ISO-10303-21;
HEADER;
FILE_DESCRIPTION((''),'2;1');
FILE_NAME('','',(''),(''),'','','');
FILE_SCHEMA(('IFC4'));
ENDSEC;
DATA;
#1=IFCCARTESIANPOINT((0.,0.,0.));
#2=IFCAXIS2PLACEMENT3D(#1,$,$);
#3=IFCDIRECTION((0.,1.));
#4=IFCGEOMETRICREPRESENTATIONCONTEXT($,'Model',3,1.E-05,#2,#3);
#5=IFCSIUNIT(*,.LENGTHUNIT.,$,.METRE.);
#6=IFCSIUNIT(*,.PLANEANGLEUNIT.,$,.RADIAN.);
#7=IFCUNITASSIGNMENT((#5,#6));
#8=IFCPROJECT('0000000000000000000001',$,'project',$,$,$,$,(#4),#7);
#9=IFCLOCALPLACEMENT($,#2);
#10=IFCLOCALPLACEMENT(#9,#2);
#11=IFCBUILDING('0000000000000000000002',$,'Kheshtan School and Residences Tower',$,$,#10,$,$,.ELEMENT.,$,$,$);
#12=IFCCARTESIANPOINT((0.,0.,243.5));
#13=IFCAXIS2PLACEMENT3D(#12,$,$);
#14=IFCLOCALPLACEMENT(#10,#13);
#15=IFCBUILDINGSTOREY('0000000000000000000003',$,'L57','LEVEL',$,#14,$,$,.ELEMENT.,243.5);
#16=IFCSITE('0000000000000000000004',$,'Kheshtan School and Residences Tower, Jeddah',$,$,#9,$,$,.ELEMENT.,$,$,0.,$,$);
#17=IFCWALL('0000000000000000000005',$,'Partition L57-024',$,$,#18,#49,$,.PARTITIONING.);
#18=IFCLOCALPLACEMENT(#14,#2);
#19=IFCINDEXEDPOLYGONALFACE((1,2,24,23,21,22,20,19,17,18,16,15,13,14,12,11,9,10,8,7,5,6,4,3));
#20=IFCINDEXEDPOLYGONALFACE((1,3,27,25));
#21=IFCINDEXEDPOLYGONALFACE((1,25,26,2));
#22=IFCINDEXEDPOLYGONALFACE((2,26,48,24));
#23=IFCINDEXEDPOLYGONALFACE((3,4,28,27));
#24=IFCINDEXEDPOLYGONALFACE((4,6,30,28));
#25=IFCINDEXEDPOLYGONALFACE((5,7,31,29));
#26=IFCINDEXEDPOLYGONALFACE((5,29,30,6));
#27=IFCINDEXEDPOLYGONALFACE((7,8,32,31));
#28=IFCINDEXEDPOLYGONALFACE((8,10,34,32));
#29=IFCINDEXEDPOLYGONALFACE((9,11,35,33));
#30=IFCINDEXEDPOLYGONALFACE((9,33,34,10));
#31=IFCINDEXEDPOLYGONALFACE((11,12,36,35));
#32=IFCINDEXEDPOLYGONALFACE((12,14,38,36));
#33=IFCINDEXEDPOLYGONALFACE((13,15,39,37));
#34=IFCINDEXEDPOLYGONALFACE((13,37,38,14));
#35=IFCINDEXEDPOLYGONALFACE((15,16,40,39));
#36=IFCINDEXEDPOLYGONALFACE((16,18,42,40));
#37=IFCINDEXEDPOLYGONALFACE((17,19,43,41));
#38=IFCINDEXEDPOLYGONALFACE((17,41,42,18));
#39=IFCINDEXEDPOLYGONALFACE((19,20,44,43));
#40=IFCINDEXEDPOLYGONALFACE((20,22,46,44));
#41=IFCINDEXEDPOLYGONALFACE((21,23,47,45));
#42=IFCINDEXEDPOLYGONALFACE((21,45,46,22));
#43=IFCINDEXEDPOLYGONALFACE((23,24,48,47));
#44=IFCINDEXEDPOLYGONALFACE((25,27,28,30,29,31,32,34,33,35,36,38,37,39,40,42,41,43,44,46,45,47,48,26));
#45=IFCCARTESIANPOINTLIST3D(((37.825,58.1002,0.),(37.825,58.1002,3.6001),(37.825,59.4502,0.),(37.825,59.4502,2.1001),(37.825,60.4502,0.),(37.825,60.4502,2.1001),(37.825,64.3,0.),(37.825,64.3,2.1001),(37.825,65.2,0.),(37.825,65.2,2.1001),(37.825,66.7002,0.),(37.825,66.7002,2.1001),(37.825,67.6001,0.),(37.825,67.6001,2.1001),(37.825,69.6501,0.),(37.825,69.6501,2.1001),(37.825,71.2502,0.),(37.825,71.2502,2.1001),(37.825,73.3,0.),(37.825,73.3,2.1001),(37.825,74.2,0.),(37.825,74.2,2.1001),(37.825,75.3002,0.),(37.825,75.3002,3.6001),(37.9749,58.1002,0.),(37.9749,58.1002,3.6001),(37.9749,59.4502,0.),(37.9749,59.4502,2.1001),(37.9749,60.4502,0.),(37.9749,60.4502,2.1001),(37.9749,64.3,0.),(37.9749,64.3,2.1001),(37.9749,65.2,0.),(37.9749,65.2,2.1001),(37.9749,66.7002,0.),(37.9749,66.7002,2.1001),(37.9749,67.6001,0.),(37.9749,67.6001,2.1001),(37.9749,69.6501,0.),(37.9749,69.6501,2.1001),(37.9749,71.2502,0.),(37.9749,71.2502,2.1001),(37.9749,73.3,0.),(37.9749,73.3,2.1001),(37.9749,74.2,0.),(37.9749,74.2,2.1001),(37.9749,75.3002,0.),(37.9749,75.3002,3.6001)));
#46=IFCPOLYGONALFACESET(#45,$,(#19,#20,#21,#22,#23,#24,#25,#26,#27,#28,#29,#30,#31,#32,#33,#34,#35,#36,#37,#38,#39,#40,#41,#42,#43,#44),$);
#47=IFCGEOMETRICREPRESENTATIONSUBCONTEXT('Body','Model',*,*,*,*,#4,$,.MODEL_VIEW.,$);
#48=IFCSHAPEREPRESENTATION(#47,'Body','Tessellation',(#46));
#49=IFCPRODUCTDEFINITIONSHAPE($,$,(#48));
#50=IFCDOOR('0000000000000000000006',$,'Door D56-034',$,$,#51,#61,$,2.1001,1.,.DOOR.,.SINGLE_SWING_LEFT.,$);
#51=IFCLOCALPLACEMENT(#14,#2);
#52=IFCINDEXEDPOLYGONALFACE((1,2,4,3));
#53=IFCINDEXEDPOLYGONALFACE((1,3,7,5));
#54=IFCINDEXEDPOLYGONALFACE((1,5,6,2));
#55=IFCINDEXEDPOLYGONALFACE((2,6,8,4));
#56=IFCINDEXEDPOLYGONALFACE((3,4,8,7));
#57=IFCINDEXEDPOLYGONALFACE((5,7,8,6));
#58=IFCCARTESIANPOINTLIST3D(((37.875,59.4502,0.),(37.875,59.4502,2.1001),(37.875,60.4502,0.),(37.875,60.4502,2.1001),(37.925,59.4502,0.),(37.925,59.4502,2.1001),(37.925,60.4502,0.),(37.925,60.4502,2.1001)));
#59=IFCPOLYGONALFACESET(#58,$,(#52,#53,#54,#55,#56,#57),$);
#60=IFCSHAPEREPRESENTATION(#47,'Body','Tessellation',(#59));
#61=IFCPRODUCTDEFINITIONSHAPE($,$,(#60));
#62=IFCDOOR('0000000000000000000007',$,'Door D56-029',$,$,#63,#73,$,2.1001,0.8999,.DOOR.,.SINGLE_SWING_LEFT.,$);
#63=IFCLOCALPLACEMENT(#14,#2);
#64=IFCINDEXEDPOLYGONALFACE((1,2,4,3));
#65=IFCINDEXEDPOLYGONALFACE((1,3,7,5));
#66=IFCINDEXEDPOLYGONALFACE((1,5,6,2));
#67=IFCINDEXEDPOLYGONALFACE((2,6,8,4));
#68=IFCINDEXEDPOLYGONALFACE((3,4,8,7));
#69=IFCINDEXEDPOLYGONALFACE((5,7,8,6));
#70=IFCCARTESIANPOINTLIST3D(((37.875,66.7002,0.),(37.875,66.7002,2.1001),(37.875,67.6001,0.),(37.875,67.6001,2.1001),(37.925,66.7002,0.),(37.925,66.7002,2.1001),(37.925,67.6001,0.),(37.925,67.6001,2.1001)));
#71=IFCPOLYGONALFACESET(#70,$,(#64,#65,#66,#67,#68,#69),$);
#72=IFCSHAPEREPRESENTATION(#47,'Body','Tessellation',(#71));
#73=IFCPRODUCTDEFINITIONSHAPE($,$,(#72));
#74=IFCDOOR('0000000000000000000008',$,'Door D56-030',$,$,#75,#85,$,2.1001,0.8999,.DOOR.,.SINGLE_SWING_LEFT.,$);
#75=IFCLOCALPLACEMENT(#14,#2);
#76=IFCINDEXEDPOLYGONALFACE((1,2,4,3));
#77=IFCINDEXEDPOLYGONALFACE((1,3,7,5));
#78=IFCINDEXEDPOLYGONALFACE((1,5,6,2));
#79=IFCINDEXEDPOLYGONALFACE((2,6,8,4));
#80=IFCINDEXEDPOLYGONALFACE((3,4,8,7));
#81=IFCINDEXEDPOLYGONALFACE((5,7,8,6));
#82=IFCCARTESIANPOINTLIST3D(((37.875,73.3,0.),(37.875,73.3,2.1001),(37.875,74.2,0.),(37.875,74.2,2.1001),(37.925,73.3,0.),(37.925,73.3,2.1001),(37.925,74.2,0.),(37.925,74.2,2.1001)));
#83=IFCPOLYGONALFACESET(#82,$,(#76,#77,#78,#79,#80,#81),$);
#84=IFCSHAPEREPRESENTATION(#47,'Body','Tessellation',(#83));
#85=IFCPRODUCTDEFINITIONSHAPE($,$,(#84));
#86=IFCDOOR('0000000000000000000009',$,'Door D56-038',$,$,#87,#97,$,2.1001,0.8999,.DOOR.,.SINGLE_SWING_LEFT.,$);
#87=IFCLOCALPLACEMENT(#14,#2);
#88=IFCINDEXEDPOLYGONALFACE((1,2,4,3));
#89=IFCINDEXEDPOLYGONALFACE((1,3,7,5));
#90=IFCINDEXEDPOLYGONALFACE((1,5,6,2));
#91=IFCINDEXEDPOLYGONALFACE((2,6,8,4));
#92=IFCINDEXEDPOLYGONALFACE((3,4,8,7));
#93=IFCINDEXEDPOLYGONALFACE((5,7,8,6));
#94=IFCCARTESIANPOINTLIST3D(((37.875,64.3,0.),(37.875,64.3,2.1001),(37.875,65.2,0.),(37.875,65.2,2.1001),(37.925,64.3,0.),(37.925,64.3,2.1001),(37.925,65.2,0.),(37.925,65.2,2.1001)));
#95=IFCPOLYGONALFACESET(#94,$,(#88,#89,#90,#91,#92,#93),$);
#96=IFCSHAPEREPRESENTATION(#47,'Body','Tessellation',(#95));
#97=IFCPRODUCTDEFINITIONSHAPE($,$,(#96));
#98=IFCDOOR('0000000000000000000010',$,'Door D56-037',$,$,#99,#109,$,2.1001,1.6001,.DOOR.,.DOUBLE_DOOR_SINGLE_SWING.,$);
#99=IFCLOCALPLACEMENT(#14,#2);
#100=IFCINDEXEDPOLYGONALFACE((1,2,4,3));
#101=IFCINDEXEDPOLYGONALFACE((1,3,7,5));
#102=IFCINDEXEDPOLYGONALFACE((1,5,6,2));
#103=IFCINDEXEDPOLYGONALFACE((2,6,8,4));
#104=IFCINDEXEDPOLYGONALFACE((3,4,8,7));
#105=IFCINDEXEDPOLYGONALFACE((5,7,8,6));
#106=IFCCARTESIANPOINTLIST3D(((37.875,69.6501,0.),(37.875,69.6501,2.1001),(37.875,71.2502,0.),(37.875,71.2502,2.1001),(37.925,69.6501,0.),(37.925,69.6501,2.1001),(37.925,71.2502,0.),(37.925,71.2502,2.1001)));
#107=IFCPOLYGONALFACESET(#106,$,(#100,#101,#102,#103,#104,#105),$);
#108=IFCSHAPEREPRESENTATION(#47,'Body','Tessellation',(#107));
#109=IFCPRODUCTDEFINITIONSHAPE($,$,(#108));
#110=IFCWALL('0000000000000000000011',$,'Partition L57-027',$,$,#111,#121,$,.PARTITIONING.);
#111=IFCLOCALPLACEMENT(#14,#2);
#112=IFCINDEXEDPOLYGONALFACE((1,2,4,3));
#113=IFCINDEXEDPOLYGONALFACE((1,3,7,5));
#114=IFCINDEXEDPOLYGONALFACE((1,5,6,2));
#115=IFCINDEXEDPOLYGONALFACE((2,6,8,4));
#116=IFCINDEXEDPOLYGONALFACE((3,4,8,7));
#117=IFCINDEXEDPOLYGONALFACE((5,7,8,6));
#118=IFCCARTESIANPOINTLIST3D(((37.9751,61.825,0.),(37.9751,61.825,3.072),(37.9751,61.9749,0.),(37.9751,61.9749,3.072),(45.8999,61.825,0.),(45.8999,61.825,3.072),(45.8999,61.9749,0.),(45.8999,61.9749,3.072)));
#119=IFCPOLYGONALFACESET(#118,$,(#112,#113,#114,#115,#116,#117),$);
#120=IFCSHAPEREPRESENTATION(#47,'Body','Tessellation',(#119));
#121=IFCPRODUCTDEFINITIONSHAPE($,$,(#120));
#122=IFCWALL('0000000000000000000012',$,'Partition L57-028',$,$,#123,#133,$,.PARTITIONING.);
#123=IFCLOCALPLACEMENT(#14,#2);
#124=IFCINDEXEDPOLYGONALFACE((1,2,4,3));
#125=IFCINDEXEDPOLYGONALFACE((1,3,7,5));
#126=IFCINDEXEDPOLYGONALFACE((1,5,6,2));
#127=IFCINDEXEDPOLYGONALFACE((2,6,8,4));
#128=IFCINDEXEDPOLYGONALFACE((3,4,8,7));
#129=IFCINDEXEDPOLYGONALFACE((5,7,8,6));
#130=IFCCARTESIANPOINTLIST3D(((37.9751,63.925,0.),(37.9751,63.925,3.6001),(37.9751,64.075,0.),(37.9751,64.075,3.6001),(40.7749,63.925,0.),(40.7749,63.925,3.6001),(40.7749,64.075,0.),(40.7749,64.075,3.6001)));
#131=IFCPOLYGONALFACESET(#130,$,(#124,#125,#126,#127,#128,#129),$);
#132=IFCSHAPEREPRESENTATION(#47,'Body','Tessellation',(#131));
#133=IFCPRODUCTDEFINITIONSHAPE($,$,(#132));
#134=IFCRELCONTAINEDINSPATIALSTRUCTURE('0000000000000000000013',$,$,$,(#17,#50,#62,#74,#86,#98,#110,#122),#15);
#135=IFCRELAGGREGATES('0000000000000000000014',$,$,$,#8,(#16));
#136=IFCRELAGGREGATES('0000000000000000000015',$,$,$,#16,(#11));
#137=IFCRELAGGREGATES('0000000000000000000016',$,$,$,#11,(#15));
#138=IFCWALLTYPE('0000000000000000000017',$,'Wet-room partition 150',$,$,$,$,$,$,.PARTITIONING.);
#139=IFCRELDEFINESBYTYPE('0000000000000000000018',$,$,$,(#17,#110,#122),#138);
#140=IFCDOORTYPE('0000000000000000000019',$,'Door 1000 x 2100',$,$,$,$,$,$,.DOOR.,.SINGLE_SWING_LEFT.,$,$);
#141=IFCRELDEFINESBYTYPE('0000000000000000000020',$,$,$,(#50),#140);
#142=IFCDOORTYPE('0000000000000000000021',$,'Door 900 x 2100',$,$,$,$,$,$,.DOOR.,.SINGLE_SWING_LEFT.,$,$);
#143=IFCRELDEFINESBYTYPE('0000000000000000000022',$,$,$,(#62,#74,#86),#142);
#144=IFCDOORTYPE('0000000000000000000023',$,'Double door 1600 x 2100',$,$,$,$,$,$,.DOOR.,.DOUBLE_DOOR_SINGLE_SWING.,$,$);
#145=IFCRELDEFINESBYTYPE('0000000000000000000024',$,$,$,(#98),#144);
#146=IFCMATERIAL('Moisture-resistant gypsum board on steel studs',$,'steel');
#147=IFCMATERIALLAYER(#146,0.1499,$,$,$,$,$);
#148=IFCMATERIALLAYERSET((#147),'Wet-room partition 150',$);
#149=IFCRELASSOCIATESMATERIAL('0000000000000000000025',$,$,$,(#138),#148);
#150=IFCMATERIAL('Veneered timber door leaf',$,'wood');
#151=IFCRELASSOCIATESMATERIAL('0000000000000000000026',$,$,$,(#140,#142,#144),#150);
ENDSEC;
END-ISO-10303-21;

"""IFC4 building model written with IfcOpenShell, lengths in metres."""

from ifc_helpers import new_model, si_unit, direction, frame, frame_2d, origin, place, context, subcontext, project, spatial, rectangle, extrude, source, transform, mapped, material, layer, layer_set, type_object, element, fill, save


model = new_model("IFC4")

# Units and contexts
model_context = context("Model", 3, precision=1e-05, world=origin(), true_north=direction((0.0, 1.0)))
body_context = subcontext(model_context, "Body", "Model", "MODEL_VIEW")
ifc_project = project(units=[si_unit("LENGTHUNIT", "METRE"), si_unit("PLANEANGLEUNIT", "RADIAN")], contexts=[model_context])

# Site, building, storey
site_placement = place(None, origin())
site = spatial("IfcSite", under=ifc_project, at=site_placement, Name="Kheshtan School and Residences Tower, Jeddah", CompositionType="ELEMENT", RefElevation=0.0)
building_placement = place(site_placement, origin())
building = spatial("IfcBuilding", under=site, at=building_placement, Name="Kheshtan School and Residences Tower", CompositionType="ELEMENT")
storey_placement = place(building_placement, frame((0.0, 0.0, 243.5)))
storey = spatial("IfcBuildingStorey", under=building, at=storey_placement, Name="L57", Description="LEVEL", CompositionType="ELEMENT", Elevation=243.5)

# Shared definitions
ifc_material_1 = material(Name="Moisture-resistant gypsum board on steel studs", Category="steel")
ifc_layer_1 = layer(ifc_material_1, 0.1499)
ifc_layer_set_1 = layer_set([ifc_layer_1], Name="Wet-room partition 150")
wall_type_1 = type_object("IfcWallType", Name="Wet-room partition 150", PredefinedType="PARTITIONING", material=ifc_layer_set_1)

# Shared definitions
ifc_material_2 = material(Name="Veneered timber door leaf", Category="wood")

# Wall, openings, doors
wall_1_placement = place(storey_placement, frame((37.8999, 58.1001, 0.0), z_axis=(0.0, 0.0, 1.0), x_axis=(0.0, 1.0, 0.0)))
wall_1 = element("IfcWall", 1, at=wall_1_placement, inside=storey, type_object=wall_type_1, Name="Partition L57-024", PredefinedType="PARTITIONING", context=body_context, shape_type="SweptSolid", body=[
    extrude(rectangle(XDim=17.2, YDim=0.1499, at=frame_2d((8.6001, 0.0))), origin(), (0.0, 0.0, 1.0), 3.6001),
])
opening_1_placement = place(wall_1_placement, frame((8.6001, 0.0, 0.0)))
opening_1 = element("IfcOpeningElement", 2, at=opening_1_placement, cuts=wall_1, PredefinedType="OPENING", context=body_context, shape_type="SweptSolid", body=[
    extrude(rectangle(XDim=0.8999, YDim=2.1001, at=frame_2d((0.45, 1.05))), frame((0.0, 0.085, 0.0), z_axis=(0.0, -1.0, 0.0), x_axis=(1.0, 0.0, 0.0)), (0.0, 0.0, 1.0), 0.1699),
])
opening_2_placement = place(wall_1_placement, frame((15.2, 0.0, 0.0)))
opening_2 = element("IfcOpeningElement", 3, at=opening_2_placement, cuts=wall_1, PredefinedType="OPENING", context=body_context, shape_type="SweptSolid", body=[
    extrude(rectangle(XDim=0.8999, YDim=2.1001, at=frame_2d((0.45, 1.05))), frame((0.0, 0.085, 0.0), z_axis=(0.0, -1.0, 0.0), x_axis=(1.0, 0.0, 0.0)), (0.0, 0.0, 1.0), 0.1699),
])
opening_3_placement = place(wall_1_placement, frame((1.3501, 0.0, 0.0)))
opening_3 = element("IfcOpeningElement", 4, at=opening_3_placement, cuts=wall_1, PredefinedType="OPENING", context=body_context, shape_type="SweptSolid", body=[
    extrude(rectangle(XDim=1.0, YDim=2.1001, at=frame_2d((0.5, 1.05))), frame((0.0, 0.085, 0.0), z_axis=(0.0, -1.0, 0.0), x_axis=(1.0, 0.0, 0.0)), (0.0, 0.0, 1.0), 0.1699),
])
opening_4_placement = place(wall_1_placement, frame((11.55, 0.0, 0.0)))
opening_4 = element("IfcOpeningElement", 5, at=opening_4_placement, cuts=wall_1, PredefinedType="OPENING", context=body_context, shape_type="SweptSolid", body=[
    extrude(rectangle(XDim=1.6001, YDim=2.1001, at=frame_2d((0.8, 1.05))), frame((0.0, 0.085, 0.0), z_axis=(0.0, -1.0, 0.0), x_axis=(1.0, 0.0, 0.0)), (0.0, 0.0, 1.0), 0.1699),
])
opening_5_placement = place(wall_1_placement, frame((6.2, 0.0, 0.0)))
opening_5 = element("IfcOpeningElement", 6, at=opening_5_placement, cuts=wall_1, PredefinedType="OPENING", context=body_context, shape_type="SweptSolid", body=[
    extrude(rectangle(XDim=0.8999, YDim=2.1001, at=frame_2d((0.45, 1.05))), frame((0.0, 0.085, 0.0), z_axis=(0.0, -1.0, 0.0), x_axis=(1.0, 0.0, 0.0)), (0.0, 0.0, 1.0), 0.1699),
])
door_type_1 = type_object("IfcDoorType", Name="Door 1000 x 2100", OperationType="SINGLE_SWING_LEFT", PredefinedType="DOOR", material=ifc_material_2)
shared_shape_1 = source(origin(), body_context, "Body", "SweptSolid", [
    extrude(rectangle(XDim=1.0, YDim=2.1001, at=frame_2d((0.5, 1.05))), frame((0.0, 0.0249, 0.0), z_axis=(0.0, -1.0, 0.0), x_axis=(1.0, 0.0, 0.0)), (0.0, 0.0, 1.0), 0.05),
])
door_1_placement = place(opening_3_placement, origin())
door_1 = element("IfcDoor", 7, at=door_1_placement, inside=storey, type_object=door_type_1, Name="Door D56-034", OperationType="SINGLE_SWING_LEFT", OverallHeight=2.1001, OverallWidth=1.0, PredefinedType="DOOR", context=body_context, shape_type="MappedRepresentation", body=[
    mapped(shared_shape_1, transform((0.0, 0.0, 0.0), x_axis=(1.0, 0.0, 0.0), y_axis=(0.0, 1.0, 0.0), z_axis=(0.0, 0.0, 1.0), scale=1.0)),
])
fill(opening_3, door_1)
door_type_2 = type_object("IfcDoorType", Name="Door 900 x 2100", OperationType="SINGLE_SWING_LEFT", PredefinedType="DOOR", material=ifc_material_2)
shared_shape_2 = source(origin(), body_context, "Body", "SweptSolid", [
    extrude(rectangle(XDim=0.8999, YDim=2.1001, at=frame_2d((0.45, 1.05))), frame((0.0, 0.0249, 0.0), z_axis=(0.0, -1.0, 0.0), x_axis=(1.0, 0.0, 0.0)), (0.0, 0.0, 1.0), 0.05),
])
door_2_placement = place(opening_1_placement, origin())
door_2 = element("IfcDoor", 8, at=door_2_placement, inside=storey, type_object=door_type_2, Name="Door D56-029", OperationType="SINGLE_SWING_LEFT", OverallHeight=2.1001, OverallWidth=0.8999, PredefinedType="DOOR", context=body_context, shape_type="MappedRepresentation", body=[
    mapped(shared_shape_2, transform((0.0, 0.0, 0.0), x_axis=(1.0, 0.0, 0.0), y_axis=(0.0, 1.0, 0.0), z_axis=(0.0, 0.0, 1.0), scale=1.0)),
])
fill(opening_1, door_2)
door_3_placement = place(opening_2_placement, origin())
door_3 = element("IfcDoor", 9, at=door_3_placement, inside=storey, type_object=door_type_2, Name="Door D56-030", OperationType="SINGLE_SWING_LEFT", OverallHeight=2.1001, OverallWidth=0.8999, PredefinedType="DOOR", context=body_context, shape_type="MappedRepresentation", body=[
    mapped(shared_shape_2, transform((0.0, 0.0, 0.0), x_axis=(1.0, 0.0, 0.0), y_axis=(0.0, 1.0, 0.0), z_axis=(0.0, 0.0, 1.0), scale=1.0)),
])
fill(opening_2, door_3)
door_4_placement = place(opening_5_placement, origin())
door_4 = element("IfcDoor", 10, at=door_4_placement, inside=storey, type_object=door_type_2, Name="Door D56-038", OperationType="SINGLE_SWING_LEFT", OverallHeight=2.1001, OverallWidth=0.8999, PredefinedType="DOOR", context=body_context, shape_type="MappedRepresentation", body=[
    mapped(shared_shape_2, transform((0.0, 0.0, 0.0), x_axis=(1.0, 0.0, 0.0), y_axis=(0.0, 1.0, 0.0), z_axis=(0.0, 0.0, 1.0), scale=1.0)),
])
fill(opening_5, door_4)
door_type_3 = type_object("IfcDoorType", Name="Double door 1600 x 2100", OperationType="DOUBLE_DOOR_SINGLE_SWING", PredefinedType="DOOR", material=ifc_material_2)
shared_shape_3 = source(origin(), body_context, "Body", "SweptSolid", [
    extrude(rectangle(XDim=1.6001, YDim=2.1001, at=frame_2d((0.8, 1.05))), frame((0.0, 0.0249, 0.0), z_axis=(0.0, -1.0, 0.0), x_axis=(1.0, 0.0, 0.0)), (0.0, 0.0, 1.0), 0.05),
])
door_5_placement = place(opening_4_placement, origin())
door_5 = element("IfcDoor", 11, at=door_5_placement, inside=storey, type_object=door_type_3, Name="Door D56-037", OperationType="DOUBLE_DOOR_SINGLE_SWING", OverallHeight=2.1001, OverallWidth=1.6001, PredefinedType="DOOR", context=body_context, shape_type="MappedRepresentation", body=[
    mapped(shared_shape_3, transform((0.0, 0.0, 0.0), x_axis=(1.0, 0.0, 0.0), y_axis=(0.0, 1.0, 0.0), z_axis=(0.0, 0.0, 1.0), scale=1.0)),
])
fill(opening_4, door_5)

# Walls
wall_2_placement = place(storey_placement, frame((37.9751, 61.8999, 0.0), z_axis=(0.0, 0.0, 1.0), x_axis=(1.0, 0.0, 0.0)))
element("IfcWall", 12, at=wall_2_placement, inside=storey, type_object=wall_type_1, Name="Partition L57-027", PredefinedType="PARTITIONING", context=body_context, shape_type="SweptSolid", body=[
    extrude(rectangle(XDim=7.9248, YDim=0.1499, at=frame_2d((3.9624, 0.0))), origin(), (0.0, 0.0, 1.0), 3.072),
])
wall_3_placement = place(storey_placement, frame((37.9751, 64.0, 0.0), z_axis=(0.0, 0.0, 1.0), x_axis=(1.0, 0.0, 0.0)))
element("IfcWall", 13, at=wall_3_placement, inside=storey, type_object=wall_type_1, Name="Partition L57-028", PredefinedType="PARTITIONING", context=body_context, shape_type="SweptSolid", body=[
    extrude(rectangle(XDim=2.7998, YDim=0.1499, at=frame_2d((1.3999, 0.0))), origin(), (0.0, 0.0, 1.0), 3.6001),
])

save(model, "model.ifc")
